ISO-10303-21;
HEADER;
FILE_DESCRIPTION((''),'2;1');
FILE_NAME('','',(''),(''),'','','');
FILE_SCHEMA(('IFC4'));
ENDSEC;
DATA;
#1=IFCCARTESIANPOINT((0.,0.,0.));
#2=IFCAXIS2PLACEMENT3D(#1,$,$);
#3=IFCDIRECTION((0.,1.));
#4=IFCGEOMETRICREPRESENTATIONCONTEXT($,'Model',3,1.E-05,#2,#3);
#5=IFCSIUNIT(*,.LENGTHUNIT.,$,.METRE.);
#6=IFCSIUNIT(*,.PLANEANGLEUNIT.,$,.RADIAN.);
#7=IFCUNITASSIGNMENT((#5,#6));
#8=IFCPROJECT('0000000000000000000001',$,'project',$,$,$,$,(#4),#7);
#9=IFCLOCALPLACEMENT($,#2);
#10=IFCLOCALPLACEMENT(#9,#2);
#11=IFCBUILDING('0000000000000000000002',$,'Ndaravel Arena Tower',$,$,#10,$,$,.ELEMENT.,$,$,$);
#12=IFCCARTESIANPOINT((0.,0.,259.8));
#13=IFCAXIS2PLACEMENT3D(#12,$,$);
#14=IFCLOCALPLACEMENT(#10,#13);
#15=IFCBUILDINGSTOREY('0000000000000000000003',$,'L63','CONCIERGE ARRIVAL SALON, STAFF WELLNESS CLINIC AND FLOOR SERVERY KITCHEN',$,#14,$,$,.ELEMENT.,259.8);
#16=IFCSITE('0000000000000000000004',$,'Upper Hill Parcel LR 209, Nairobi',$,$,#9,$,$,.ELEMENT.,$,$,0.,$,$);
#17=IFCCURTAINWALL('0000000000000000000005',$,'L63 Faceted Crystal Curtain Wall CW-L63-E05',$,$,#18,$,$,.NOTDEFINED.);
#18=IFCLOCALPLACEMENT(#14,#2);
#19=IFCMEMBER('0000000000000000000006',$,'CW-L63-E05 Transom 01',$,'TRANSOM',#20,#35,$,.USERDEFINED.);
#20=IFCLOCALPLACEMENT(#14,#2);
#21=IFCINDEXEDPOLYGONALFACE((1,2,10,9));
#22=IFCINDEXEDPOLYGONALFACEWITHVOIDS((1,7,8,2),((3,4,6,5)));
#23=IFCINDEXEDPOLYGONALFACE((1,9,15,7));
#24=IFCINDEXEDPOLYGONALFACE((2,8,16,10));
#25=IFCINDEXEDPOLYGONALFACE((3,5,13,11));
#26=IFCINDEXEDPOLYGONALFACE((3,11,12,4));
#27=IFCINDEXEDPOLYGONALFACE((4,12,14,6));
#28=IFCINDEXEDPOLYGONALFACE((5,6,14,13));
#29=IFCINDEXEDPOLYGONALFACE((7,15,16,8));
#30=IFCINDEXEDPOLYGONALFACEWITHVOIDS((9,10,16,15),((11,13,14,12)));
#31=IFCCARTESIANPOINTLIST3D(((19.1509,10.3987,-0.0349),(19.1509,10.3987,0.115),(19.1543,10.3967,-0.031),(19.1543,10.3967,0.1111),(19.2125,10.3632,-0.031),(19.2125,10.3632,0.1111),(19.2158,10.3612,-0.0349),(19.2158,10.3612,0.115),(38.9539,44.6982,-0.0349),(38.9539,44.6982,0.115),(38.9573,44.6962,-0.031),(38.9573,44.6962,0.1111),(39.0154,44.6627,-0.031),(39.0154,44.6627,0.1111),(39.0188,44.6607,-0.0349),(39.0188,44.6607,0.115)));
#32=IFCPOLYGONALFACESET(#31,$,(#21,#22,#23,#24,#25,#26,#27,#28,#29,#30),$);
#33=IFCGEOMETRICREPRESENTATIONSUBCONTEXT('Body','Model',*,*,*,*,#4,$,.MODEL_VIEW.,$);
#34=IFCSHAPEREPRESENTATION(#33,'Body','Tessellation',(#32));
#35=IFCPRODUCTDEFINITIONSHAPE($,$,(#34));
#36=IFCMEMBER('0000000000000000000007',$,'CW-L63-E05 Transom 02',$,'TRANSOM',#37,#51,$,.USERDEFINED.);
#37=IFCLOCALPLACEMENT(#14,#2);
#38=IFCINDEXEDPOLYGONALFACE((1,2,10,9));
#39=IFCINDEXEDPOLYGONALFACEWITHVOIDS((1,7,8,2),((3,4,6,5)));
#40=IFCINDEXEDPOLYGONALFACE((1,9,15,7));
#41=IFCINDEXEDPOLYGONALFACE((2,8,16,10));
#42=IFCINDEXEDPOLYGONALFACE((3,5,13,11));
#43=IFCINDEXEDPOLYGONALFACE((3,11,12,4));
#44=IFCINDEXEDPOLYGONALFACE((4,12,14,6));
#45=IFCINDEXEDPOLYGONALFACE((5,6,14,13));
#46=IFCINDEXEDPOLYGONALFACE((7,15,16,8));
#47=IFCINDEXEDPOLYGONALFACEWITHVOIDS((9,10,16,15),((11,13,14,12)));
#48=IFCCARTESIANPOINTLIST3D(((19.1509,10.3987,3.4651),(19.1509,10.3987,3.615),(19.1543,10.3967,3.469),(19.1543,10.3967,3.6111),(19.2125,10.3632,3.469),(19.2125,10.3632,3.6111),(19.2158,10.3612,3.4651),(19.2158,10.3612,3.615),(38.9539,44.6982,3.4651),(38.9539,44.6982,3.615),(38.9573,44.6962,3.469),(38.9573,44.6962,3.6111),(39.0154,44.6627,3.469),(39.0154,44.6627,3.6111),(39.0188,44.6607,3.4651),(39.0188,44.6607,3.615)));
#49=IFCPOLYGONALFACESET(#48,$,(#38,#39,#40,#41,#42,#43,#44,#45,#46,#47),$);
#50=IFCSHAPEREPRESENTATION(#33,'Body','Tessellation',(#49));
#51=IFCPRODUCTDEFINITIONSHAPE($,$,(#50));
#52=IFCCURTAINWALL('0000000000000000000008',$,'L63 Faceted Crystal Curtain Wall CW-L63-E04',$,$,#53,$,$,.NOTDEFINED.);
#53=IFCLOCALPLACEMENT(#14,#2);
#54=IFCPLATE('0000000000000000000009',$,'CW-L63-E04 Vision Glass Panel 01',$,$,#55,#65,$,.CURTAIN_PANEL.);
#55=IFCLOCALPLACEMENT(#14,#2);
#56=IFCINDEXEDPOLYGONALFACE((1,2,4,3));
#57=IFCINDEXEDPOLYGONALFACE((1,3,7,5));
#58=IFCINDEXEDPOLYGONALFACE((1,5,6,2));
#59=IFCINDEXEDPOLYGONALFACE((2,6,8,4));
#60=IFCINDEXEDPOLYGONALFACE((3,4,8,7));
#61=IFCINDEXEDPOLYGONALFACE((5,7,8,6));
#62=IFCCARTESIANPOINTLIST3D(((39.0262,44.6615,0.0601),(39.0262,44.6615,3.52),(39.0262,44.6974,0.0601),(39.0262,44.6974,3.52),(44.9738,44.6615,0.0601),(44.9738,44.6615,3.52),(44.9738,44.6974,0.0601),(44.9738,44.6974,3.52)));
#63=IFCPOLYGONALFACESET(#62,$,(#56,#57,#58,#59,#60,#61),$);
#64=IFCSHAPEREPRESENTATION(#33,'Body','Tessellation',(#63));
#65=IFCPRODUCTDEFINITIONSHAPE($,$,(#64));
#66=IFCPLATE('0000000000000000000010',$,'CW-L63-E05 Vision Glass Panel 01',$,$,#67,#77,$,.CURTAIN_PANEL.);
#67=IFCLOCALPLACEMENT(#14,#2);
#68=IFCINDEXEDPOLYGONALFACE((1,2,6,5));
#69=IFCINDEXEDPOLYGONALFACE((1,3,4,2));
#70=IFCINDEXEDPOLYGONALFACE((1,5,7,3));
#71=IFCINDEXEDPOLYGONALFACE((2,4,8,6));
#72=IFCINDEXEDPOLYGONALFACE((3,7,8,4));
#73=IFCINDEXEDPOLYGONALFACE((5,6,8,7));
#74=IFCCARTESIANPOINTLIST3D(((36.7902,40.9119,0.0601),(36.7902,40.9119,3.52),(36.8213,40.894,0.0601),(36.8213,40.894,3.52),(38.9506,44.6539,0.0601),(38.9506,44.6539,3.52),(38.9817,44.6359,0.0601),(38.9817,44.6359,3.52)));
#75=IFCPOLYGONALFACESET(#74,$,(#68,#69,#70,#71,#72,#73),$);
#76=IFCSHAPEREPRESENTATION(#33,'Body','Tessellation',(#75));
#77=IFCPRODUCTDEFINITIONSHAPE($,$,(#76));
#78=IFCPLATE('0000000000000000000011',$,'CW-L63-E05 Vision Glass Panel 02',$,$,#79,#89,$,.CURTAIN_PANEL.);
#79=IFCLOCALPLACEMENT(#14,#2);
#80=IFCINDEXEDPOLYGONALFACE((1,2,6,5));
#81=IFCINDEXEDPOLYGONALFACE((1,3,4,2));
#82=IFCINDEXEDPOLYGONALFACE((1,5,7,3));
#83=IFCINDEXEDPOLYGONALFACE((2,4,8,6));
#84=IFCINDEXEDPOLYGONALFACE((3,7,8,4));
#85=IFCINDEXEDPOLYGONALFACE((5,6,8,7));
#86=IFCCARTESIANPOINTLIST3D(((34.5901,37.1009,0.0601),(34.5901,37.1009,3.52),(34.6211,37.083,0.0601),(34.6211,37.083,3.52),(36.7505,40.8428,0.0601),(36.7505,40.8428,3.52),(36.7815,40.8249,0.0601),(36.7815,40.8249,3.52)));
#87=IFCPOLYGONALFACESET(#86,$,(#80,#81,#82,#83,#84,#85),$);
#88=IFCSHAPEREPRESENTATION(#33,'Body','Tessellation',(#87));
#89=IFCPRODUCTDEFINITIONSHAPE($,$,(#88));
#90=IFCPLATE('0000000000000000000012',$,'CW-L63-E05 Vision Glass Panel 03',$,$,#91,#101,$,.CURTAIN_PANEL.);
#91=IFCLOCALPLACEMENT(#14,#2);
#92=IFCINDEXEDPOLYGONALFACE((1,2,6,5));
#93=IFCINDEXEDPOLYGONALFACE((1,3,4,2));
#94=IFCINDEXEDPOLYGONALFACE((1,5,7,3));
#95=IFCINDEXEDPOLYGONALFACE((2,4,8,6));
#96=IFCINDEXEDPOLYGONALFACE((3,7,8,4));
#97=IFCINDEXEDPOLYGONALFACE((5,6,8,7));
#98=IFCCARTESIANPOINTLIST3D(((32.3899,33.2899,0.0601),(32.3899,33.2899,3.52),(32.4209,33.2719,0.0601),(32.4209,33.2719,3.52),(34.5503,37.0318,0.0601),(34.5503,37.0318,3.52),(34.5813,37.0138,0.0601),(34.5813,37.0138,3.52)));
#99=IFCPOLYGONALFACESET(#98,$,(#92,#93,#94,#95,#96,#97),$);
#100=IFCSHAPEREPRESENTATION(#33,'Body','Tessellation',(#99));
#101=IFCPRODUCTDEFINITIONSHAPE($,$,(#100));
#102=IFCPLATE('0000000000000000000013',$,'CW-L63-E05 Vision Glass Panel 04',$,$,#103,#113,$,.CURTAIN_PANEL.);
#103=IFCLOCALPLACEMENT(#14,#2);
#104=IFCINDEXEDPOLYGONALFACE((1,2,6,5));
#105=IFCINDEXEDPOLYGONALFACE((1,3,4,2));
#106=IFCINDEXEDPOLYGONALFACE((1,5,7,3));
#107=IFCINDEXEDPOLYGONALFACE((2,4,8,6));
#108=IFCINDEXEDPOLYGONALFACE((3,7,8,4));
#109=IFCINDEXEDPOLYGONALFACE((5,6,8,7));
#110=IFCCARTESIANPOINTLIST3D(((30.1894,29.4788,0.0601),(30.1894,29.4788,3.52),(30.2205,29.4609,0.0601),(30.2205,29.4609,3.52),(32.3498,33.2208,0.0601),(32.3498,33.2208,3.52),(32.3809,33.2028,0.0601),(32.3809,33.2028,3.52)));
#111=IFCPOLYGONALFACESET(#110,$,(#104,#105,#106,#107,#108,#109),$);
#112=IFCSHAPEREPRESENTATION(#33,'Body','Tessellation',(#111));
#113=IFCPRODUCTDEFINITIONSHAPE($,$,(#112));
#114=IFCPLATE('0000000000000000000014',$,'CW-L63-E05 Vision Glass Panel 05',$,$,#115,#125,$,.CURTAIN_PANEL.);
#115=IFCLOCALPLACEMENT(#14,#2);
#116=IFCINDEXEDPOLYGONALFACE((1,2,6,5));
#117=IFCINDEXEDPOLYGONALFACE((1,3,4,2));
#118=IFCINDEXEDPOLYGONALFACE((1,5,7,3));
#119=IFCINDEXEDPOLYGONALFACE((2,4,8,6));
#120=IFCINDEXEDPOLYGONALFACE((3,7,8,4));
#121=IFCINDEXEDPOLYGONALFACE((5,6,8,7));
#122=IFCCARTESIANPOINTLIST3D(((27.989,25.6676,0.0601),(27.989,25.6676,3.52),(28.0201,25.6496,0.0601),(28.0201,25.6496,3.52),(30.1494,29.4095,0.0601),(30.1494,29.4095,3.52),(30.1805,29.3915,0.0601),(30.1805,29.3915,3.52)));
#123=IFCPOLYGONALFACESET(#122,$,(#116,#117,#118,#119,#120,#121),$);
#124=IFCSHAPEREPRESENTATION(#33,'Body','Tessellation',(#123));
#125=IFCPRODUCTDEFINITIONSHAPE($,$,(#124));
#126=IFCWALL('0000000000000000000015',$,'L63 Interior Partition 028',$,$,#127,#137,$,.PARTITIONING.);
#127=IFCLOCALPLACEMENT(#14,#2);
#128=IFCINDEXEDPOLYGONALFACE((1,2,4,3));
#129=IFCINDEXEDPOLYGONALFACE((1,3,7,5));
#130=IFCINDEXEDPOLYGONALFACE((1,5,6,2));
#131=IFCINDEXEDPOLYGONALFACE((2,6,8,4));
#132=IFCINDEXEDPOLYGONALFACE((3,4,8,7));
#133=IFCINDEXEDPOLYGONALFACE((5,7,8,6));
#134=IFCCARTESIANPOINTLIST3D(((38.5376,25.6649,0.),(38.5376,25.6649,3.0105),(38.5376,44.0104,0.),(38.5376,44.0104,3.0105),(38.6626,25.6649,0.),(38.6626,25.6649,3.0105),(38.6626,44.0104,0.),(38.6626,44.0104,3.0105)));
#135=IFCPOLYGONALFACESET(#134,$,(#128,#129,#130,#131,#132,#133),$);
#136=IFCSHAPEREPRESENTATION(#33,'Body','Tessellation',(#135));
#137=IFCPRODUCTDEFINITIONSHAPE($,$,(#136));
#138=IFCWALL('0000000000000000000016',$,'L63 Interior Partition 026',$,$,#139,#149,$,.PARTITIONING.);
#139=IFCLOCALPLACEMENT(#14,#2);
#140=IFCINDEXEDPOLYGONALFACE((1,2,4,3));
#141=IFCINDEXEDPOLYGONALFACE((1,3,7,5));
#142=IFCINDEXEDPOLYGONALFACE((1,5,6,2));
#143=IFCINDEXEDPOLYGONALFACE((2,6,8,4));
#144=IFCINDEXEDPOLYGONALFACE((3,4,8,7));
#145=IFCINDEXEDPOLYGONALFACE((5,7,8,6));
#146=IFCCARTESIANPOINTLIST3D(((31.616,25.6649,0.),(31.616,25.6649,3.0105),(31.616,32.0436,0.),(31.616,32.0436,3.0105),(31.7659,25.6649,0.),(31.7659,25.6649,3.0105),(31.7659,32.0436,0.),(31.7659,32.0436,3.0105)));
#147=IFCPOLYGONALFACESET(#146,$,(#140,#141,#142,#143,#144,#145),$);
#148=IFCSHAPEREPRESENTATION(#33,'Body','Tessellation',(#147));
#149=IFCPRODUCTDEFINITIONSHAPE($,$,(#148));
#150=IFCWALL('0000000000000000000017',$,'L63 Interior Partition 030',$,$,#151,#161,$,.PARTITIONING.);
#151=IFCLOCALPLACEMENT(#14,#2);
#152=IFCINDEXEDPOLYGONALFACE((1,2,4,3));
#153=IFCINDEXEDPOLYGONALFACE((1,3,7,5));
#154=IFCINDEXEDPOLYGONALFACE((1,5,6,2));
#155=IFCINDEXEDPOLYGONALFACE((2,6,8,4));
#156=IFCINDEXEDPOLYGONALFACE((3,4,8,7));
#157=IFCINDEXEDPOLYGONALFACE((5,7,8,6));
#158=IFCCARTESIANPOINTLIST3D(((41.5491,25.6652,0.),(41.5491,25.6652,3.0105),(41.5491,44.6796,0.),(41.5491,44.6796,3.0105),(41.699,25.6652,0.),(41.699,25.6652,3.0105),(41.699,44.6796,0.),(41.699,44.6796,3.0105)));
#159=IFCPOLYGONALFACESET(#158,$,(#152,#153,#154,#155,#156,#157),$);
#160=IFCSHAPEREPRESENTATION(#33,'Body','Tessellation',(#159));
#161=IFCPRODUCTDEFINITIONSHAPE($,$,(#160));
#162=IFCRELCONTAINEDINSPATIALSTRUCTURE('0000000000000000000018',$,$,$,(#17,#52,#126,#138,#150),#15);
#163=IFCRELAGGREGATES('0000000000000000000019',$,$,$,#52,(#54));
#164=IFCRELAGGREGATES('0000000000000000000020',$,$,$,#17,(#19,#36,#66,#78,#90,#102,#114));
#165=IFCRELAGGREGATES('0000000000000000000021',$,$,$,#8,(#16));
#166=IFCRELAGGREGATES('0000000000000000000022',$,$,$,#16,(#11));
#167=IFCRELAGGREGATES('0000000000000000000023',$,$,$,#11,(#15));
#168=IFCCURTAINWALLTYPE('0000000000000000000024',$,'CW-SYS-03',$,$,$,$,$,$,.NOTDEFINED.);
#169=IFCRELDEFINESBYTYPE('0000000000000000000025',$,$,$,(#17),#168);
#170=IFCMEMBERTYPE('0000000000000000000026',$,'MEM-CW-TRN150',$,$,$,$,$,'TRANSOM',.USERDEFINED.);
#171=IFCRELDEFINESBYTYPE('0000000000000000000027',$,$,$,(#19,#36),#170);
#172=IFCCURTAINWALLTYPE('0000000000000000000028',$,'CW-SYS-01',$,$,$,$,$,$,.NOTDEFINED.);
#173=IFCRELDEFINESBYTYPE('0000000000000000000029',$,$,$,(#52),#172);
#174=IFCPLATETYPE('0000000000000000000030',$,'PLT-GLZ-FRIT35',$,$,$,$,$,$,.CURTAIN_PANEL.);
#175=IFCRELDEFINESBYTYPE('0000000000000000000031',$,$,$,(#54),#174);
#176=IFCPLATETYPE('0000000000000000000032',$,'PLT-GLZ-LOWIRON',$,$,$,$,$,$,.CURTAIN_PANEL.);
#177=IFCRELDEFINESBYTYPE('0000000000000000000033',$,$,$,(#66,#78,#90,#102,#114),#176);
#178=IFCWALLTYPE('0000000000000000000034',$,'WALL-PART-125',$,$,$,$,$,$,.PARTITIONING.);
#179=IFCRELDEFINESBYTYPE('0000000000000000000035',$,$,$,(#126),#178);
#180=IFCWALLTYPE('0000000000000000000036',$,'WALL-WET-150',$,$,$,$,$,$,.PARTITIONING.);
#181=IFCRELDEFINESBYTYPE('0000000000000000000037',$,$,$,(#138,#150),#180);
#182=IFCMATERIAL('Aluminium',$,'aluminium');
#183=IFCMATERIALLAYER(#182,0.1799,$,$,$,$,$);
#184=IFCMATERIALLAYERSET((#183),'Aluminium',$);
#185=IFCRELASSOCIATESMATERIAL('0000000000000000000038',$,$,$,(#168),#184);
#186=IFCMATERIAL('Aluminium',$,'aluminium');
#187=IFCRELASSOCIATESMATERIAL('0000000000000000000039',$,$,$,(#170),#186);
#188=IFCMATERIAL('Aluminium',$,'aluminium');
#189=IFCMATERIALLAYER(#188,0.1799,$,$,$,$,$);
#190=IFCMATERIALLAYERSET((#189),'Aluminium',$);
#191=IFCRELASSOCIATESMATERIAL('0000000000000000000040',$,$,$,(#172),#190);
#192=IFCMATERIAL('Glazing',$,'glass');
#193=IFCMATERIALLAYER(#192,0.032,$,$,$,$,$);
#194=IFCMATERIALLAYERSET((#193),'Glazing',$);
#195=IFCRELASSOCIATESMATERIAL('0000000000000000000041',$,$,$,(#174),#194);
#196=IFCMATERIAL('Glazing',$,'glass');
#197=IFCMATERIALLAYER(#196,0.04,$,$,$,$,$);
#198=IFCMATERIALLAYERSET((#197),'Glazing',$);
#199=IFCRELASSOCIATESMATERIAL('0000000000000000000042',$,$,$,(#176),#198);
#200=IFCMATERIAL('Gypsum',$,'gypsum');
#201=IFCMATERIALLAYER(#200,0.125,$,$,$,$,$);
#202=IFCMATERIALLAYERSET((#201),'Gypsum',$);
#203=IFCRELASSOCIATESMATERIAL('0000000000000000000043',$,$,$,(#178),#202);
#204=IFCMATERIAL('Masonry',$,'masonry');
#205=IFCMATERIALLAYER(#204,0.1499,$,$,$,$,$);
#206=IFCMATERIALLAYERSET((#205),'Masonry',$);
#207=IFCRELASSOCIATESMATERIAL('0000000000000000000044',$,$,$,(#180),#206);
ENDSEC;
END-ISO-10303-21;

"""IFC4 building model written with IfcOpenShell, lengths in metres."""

from ifc_helpers import new_model, si_unit, direction, frame, frame_2d, origin, origin_2d, place, context, subcontext, project, spatial, rectangle, hollow_rectangle, extrude, material, layer, layer_set, material_profile, profile_set, type_object, element, aggregate, save


model = new_model("IFC4")

# Units and contexts
model_context = context("Model", 3, precision=1e-05, world=origin(), true_north=direction((0.0, 1.0)))
body_context = subcontext(model_context, "Body", "Model", "MODEL_VIEW")
ifc_project = project(units=[si_unit("LENGTHUNIT", "METRE"), si_unit("PLANEANGLEUNIT", "RADIAN")], contexts=[model_context])

# Site, building, storey
site_placement = place(None, origin())
site = spatial("IfcSite", under=ifc_project, at=site_placement, Name="Upper Hill Parcel LR 209, Nairobi", CompositionType="ELEMENT", RefElevation=0.0)
building_placement = place(site_placement, origin())
building = spatial("IfcBuilding", under=site, at=building_placement, Name="Ndaravel Arena Tower", CompositionType="ELEMENT")
storey_placement = place(building_placement, frame((0.0, 0.0, 259.8)))
storey = spatial("IfcBuildingStorey", under=building, at=storey_placement, Name="L63", Description="CONCIERGE ARRIVAL SALON, STAFF WELLNESS CLINIC AND FLOOR SERVERY KITCHEN", CompositionType="ELEMENT", Elevation=259.8)

# Curtain wall, members
ifc_material_1 = material(Name="Aluminium", Category="aluminium")
ifc_layer_1 = layer(ifc_material_1, 0.1799)
ifc_layer_set_1 = layer_set([ifc_layer_1], Name="Aluminium")
curtain_wall_type_1 = type_object("IfcCurtainWallType", Name="CW-SYS-03", PredefinedType="NOTDEFINED", material=ifc_layer_set_1)
curtain_wall_1_placement = place(storey_placement, origin())
curtain_wall_1 = element("IfcCurtainWall", 1, at=curtain_wall_1_placement, inside=storey, type_object=curtain_wall_type_1, Name="L63 Faceted Crystal Curtain Wall CW-L63-E05", PredefinedType="NOTDEFINED")
ifc_material_2 = material(Name="Aluminium", Category="aluminium")
ifc_material_profile_1 = material_profile(ifc_material_2, hollow_rectangle(XDim=0.075, YDim=0.1499, WallThickness=0.0039, at=origin_2d()), Name="CW TRANSOM 75x150x4")
ifc_profile_set_1 = profile_set([ifc_material_profile_1], Name="Aluminium")
member_type_1 = type_object("IfcMemberType", Name="MEM-CW-TRN150", ElementType="TRANSOM", PredefinedType="USERDEFINED", material=ifc_profile_set_1)
member_1_placement = place(storey_placement, frame((38.9863, 44.6794, 0.04), z_axis=(-0.500002, -0.866024, 0.0), x_axis=(0.866024, -0.500002, 0.0)))
member_1 = element("IfcMember", 2, at=member_1_placement, type_object=member_type_1, Name="CW-L63-E05 Transom 01", ObjectType="TRANSOM", PredefinedType="USERDEFINED", context=body_context, shape_type="SweptSolid", body=[
    extrude(hollow_rectangle(XDim=0.075, YDim=0.1499, WallThickness=0.0039, at=origin_2d()), origin(), (0.0, 0.0, 1.0), 39.6057),
])
member_2_placement = place(storey_placement, frame((38.9863, 44.6794, 3.54), z_axis=(-0.500002, -0.866024, 0.0), x_axis=(0.866024, -0.500002, 0.0)))
member_2 = element("IfcMember", 3, at=member_2_placement, type_object=member_type_1, Name="CW-L63-E05 Transom 02", ObjectType="TRANSOM", PredefinedType="USERDEFINED", context=body_context, shape_type="SweptSolid", body=[
    extrude(hollow_rectangle(XDim=0.075, YDim=0.1499, WallThickness=0.0039, at=origin_2d()), origin(), (0.0, 0.0, 1.0), 39.6057),
])

# Curtain wall, plate
ifc_material_3 = material(Name="Aluminium", Category="aluminium")
ifc_layer_2 = layer(ifc_material_3, 0.1799)
ifc_layer_set_2 = layer_set([ifc_layer_2], Name="Aluminium")
curtain_wall_type_2 = type_object("IfcCurtainWallType", Name="CW-SYS-01", PredefinedType="NOTDEFINED", material=ifc_layer_set_2)
curtain_wall_2_placement = place(storey_placement, origin())
curtain_wall_2 = element("IfcCurtainWall", 4, at=curtain_wall_2_placement, inside=storey, type_object=curtain_wall_type_2, Name="L63 Faceted Crystal Curtain Wall CW-L63-E04", PredefinedType="NOTDEFINED")
ifc_material_4 = material(Name="Glazing", Category="glass")
ifc_layer_3 = layer(ifc_material_4, 0.032)
ifc_layer_set_3 = layer_set([ifc_layer_3], Name="Glazing")
plate_type_1 = type_object("IfcPlateType", Name="PLT-GLZ-FRIT35", PredefinedType="CURTAIN_PANEL", material=ifc_layer_set_3)
plate_1_placement = place(storey_placement, frame((42.0, 44.6794, 0.0601), z_axis=(0.0, 0.0, 1.0), x_axis=(-1.0, 0.0, 0.0)))
plate_1 = element("IfcPlate", 5, at=plate_1_placement, type_object=plate_type_1, Name="CW-L63-E04 Vision Glass Panel 01", PredefinedType="CURTAIN_PANEL", context=body_context, shape_type="SweptSolid", body=[
    extrude(rectangle(XDim=5.9475, YDim=0.0359, at=origin_2d()), origin(), (0.0, 0.0, 1.0), 3.46),
])
aggregate(curtain_wall_2, [plate_1])

# Plates
ifc_material_5 = material(Name="Glazing", Category="glass")
ifc_layer_4 = layer(ifc_material_5, 0.04)
ifc_layer_set_4 = layer_set([ifc_layer_4], Name="Glazing")
plate_type_2 = type_object("IfcPlateType", Name="PLT-GLZ-LOWIRON", PredefinedType="CURTAIN_PANEL", material=ifc_layer_set_4)
plate_2_placement = place(storey_placement, frame((37.886, 42.7739, 0.0601), z_axis=(0.0, 0.0, 1.0), x_axis=(-0.5, -0.866025, 0.0)))
plate_2 = element("IfcPlate", 6, at=plate_2_placement, type_object=plate_type_2, Name="CW-L63-E05 Vision Glass Panel 01", PredefinedType="CURTAIN_PANEL", context=body_context, shape_type="SweptSolid", body=[
    extrude(rectangle(XDim=4.3208, YDim=0.0359, at=origin_2d()), origin(), (0.0, 0.0, 1.0), 3.46),
])
plate_3_placement = place(storey_placement, frame((35.6858, 38.9629, 0.0601), z_axis=(0.0, 0.0, 1.0), x_axis=(-0.5, -0.866025, 0.0)))
plate_3 = element("IfcPlate", 7, at=plate_3_placement, type_object=plate_type_2, Name="CW-L63-E05 Vision Glass Panel 02", PredefinedType="CURTAIN_PANEL", context=body_context, shape_type="SweptSolid", body=[
    extrude(rectangle(XDim=4.3208, YDim=0.0359, at=origin_2d()), origin(), (0.0, 0.0, 1.0), 3.46),
])
plate_4_placement = place(storey_placement, frame((33.4856, 35.1519, 0.0601), z_axis=(0.0, 0.0, 1.0), x_axis=(-0.5, -0.866025, 0.0)))
plate_4 = element("IfcPlate", 8, at=plate_4_placement, type_object=plate_type_2, Name="CW-L63-E05 Vision Glass Panel 03", PredefinedType="CURTAIN_PANEL", context=body_context, shape_type="SweptSolid", body=[
    extrude(rectangle(XDim=4.3208, YDim=0.0359, at=origin_2d()), origin(), (0.0, 0.0, 1.0), 3.46),
])
plate_5_placement = place(storey_placement, frame((31.2852, 31.3408, 0.0601), z_axis=(0.0, 0.0, 1.0), x_axis=(-0.5, -0.866025, 0.0)))
plate_5 = element("IfcPlate", 9, at=plate_5_placement, type_object=plate_type_2, Name="CW-L63-E05 Vision Glass Panel 04", PredefinedType="CURTAIN_PANEL", context=body_context, shape_type="SweptSolid", body=[
    extrude(rectangle(XDim=4.3208, YDim=0.0359, at=origin_2d()), origin(), (0.0, 0.0, 1.0), 3.46),
])
plate_6_placement = place(storey_placement, frame((29.0847, 27.5295, 0.0601), z_axis=(0.0, 0.0, 1.0), x_axis=(-0.5, -0.866025, 0.0)))
plate_6 = element("IfcPlate", 10, at=plate_6_placement, type_object=plate_type_2, Name="CW-L63-E05 Vision Glass Panel 05", PredefinedType="CURTAIN_PANEL", context=body_context, shape_type="SweptSolid", body=[
    extrude(rectangle(XDim=4.3208, YDim=0.0359, at=origin_2d()), origin(), (0.0, 0.0, 1.0), 3.46),
])
aggregate(curtain_wall_1, [member_1, member_2, plate_2, plate_3, plate_4, plate_5, plate_6])

# Walls
ifc_material_6 = material(Name="Gypsum", Category="gypsum")
ifc_layer_5 = layer(ifc_material_6, 0.125)
ifc_layer_set_5 = layer_set([ifc_layer_5], Name="Gypsum")
wall_type_1 = type_object("IfcWallType", Name="WALL-PART-125", PredefinedType="PARTITIONING", material=ifc_layer_set_5)
wall_1_placement = place(storey_placement, frame((38.6001, 44.0105, 0.0), z_axis=(0.0, 0.0, 1.0), x_axis=(0.0, -1.0, 0.0)))
element("IfcWall", 11, at=wall_1_placement, inside=storey, type_object=wall_type_1, Name="L63 Interior Partition 028", PredefinedType="PARTITIONING", context=body_context, shape_type="SweptSolid", body=[
    extrude(rectangle(XDim=18.3455, YDim=0.125, at=frame_2d((9.1729, 0.0))), origin(), (0.0, 0.0, 1.0), 3.0105),
])
ifc_material_7 = material(Name="Masonry", Category="masonry")
ifc_layer_6 = layer(ifc_material_7, 0.1499)
ifc_layer_set_6 = layer_set([ifc_layer_6], Name="Masonry")
wall_type_2 = type_object("IfcWallType", Name="WALL-WET-150", PredefinedType="PARTITIONING", material=ifc_layer_set_6)
wall_2_placement = place(storey_placement, frame((31.6909, 32.0437, 0.0), z_axis=(0.0, 0.0, 1.0), x_axis=(0.0, -1.0, 0.0)))
element("IfcWall", 12, at=wall_2_placement, inside=storey, type_object=wall_type_2, Name="L63 Interior Partition 026", PredefinedType="PARTITIONING", context=body_context, shape_type="SweptSolid", body=[
    extrude(rectangle(XDim=6.3787, YDim=0.1499, at=frame_2d((3.1895, 0.0))), origin(), (0.0, 0.0, 1.0), 3.0105),
])
wall_3_placement = place(storey_placement, frame((41.624, 25.665, 0.0), z_axis=(0.0, 0.0, 1.0), x_axis=(0.0, 1.0, 0.0)))
element("IfcWall", 13, at=wall_3_placement, inside=storey, type_object=wall_type_2, Name="L63 Interior Partition 030", PredefinedType="PARTITIONING", context=body_context, shape_type="SweptSolid", body=[
    extrude(rectangle(XDim=19.0144, YDim=0.1499, at=frame_2d((9.5073, 0.0))), origin(), (0.0, 0.0, 1.0), 3.0105),
])

save(model, "model.ifc")
